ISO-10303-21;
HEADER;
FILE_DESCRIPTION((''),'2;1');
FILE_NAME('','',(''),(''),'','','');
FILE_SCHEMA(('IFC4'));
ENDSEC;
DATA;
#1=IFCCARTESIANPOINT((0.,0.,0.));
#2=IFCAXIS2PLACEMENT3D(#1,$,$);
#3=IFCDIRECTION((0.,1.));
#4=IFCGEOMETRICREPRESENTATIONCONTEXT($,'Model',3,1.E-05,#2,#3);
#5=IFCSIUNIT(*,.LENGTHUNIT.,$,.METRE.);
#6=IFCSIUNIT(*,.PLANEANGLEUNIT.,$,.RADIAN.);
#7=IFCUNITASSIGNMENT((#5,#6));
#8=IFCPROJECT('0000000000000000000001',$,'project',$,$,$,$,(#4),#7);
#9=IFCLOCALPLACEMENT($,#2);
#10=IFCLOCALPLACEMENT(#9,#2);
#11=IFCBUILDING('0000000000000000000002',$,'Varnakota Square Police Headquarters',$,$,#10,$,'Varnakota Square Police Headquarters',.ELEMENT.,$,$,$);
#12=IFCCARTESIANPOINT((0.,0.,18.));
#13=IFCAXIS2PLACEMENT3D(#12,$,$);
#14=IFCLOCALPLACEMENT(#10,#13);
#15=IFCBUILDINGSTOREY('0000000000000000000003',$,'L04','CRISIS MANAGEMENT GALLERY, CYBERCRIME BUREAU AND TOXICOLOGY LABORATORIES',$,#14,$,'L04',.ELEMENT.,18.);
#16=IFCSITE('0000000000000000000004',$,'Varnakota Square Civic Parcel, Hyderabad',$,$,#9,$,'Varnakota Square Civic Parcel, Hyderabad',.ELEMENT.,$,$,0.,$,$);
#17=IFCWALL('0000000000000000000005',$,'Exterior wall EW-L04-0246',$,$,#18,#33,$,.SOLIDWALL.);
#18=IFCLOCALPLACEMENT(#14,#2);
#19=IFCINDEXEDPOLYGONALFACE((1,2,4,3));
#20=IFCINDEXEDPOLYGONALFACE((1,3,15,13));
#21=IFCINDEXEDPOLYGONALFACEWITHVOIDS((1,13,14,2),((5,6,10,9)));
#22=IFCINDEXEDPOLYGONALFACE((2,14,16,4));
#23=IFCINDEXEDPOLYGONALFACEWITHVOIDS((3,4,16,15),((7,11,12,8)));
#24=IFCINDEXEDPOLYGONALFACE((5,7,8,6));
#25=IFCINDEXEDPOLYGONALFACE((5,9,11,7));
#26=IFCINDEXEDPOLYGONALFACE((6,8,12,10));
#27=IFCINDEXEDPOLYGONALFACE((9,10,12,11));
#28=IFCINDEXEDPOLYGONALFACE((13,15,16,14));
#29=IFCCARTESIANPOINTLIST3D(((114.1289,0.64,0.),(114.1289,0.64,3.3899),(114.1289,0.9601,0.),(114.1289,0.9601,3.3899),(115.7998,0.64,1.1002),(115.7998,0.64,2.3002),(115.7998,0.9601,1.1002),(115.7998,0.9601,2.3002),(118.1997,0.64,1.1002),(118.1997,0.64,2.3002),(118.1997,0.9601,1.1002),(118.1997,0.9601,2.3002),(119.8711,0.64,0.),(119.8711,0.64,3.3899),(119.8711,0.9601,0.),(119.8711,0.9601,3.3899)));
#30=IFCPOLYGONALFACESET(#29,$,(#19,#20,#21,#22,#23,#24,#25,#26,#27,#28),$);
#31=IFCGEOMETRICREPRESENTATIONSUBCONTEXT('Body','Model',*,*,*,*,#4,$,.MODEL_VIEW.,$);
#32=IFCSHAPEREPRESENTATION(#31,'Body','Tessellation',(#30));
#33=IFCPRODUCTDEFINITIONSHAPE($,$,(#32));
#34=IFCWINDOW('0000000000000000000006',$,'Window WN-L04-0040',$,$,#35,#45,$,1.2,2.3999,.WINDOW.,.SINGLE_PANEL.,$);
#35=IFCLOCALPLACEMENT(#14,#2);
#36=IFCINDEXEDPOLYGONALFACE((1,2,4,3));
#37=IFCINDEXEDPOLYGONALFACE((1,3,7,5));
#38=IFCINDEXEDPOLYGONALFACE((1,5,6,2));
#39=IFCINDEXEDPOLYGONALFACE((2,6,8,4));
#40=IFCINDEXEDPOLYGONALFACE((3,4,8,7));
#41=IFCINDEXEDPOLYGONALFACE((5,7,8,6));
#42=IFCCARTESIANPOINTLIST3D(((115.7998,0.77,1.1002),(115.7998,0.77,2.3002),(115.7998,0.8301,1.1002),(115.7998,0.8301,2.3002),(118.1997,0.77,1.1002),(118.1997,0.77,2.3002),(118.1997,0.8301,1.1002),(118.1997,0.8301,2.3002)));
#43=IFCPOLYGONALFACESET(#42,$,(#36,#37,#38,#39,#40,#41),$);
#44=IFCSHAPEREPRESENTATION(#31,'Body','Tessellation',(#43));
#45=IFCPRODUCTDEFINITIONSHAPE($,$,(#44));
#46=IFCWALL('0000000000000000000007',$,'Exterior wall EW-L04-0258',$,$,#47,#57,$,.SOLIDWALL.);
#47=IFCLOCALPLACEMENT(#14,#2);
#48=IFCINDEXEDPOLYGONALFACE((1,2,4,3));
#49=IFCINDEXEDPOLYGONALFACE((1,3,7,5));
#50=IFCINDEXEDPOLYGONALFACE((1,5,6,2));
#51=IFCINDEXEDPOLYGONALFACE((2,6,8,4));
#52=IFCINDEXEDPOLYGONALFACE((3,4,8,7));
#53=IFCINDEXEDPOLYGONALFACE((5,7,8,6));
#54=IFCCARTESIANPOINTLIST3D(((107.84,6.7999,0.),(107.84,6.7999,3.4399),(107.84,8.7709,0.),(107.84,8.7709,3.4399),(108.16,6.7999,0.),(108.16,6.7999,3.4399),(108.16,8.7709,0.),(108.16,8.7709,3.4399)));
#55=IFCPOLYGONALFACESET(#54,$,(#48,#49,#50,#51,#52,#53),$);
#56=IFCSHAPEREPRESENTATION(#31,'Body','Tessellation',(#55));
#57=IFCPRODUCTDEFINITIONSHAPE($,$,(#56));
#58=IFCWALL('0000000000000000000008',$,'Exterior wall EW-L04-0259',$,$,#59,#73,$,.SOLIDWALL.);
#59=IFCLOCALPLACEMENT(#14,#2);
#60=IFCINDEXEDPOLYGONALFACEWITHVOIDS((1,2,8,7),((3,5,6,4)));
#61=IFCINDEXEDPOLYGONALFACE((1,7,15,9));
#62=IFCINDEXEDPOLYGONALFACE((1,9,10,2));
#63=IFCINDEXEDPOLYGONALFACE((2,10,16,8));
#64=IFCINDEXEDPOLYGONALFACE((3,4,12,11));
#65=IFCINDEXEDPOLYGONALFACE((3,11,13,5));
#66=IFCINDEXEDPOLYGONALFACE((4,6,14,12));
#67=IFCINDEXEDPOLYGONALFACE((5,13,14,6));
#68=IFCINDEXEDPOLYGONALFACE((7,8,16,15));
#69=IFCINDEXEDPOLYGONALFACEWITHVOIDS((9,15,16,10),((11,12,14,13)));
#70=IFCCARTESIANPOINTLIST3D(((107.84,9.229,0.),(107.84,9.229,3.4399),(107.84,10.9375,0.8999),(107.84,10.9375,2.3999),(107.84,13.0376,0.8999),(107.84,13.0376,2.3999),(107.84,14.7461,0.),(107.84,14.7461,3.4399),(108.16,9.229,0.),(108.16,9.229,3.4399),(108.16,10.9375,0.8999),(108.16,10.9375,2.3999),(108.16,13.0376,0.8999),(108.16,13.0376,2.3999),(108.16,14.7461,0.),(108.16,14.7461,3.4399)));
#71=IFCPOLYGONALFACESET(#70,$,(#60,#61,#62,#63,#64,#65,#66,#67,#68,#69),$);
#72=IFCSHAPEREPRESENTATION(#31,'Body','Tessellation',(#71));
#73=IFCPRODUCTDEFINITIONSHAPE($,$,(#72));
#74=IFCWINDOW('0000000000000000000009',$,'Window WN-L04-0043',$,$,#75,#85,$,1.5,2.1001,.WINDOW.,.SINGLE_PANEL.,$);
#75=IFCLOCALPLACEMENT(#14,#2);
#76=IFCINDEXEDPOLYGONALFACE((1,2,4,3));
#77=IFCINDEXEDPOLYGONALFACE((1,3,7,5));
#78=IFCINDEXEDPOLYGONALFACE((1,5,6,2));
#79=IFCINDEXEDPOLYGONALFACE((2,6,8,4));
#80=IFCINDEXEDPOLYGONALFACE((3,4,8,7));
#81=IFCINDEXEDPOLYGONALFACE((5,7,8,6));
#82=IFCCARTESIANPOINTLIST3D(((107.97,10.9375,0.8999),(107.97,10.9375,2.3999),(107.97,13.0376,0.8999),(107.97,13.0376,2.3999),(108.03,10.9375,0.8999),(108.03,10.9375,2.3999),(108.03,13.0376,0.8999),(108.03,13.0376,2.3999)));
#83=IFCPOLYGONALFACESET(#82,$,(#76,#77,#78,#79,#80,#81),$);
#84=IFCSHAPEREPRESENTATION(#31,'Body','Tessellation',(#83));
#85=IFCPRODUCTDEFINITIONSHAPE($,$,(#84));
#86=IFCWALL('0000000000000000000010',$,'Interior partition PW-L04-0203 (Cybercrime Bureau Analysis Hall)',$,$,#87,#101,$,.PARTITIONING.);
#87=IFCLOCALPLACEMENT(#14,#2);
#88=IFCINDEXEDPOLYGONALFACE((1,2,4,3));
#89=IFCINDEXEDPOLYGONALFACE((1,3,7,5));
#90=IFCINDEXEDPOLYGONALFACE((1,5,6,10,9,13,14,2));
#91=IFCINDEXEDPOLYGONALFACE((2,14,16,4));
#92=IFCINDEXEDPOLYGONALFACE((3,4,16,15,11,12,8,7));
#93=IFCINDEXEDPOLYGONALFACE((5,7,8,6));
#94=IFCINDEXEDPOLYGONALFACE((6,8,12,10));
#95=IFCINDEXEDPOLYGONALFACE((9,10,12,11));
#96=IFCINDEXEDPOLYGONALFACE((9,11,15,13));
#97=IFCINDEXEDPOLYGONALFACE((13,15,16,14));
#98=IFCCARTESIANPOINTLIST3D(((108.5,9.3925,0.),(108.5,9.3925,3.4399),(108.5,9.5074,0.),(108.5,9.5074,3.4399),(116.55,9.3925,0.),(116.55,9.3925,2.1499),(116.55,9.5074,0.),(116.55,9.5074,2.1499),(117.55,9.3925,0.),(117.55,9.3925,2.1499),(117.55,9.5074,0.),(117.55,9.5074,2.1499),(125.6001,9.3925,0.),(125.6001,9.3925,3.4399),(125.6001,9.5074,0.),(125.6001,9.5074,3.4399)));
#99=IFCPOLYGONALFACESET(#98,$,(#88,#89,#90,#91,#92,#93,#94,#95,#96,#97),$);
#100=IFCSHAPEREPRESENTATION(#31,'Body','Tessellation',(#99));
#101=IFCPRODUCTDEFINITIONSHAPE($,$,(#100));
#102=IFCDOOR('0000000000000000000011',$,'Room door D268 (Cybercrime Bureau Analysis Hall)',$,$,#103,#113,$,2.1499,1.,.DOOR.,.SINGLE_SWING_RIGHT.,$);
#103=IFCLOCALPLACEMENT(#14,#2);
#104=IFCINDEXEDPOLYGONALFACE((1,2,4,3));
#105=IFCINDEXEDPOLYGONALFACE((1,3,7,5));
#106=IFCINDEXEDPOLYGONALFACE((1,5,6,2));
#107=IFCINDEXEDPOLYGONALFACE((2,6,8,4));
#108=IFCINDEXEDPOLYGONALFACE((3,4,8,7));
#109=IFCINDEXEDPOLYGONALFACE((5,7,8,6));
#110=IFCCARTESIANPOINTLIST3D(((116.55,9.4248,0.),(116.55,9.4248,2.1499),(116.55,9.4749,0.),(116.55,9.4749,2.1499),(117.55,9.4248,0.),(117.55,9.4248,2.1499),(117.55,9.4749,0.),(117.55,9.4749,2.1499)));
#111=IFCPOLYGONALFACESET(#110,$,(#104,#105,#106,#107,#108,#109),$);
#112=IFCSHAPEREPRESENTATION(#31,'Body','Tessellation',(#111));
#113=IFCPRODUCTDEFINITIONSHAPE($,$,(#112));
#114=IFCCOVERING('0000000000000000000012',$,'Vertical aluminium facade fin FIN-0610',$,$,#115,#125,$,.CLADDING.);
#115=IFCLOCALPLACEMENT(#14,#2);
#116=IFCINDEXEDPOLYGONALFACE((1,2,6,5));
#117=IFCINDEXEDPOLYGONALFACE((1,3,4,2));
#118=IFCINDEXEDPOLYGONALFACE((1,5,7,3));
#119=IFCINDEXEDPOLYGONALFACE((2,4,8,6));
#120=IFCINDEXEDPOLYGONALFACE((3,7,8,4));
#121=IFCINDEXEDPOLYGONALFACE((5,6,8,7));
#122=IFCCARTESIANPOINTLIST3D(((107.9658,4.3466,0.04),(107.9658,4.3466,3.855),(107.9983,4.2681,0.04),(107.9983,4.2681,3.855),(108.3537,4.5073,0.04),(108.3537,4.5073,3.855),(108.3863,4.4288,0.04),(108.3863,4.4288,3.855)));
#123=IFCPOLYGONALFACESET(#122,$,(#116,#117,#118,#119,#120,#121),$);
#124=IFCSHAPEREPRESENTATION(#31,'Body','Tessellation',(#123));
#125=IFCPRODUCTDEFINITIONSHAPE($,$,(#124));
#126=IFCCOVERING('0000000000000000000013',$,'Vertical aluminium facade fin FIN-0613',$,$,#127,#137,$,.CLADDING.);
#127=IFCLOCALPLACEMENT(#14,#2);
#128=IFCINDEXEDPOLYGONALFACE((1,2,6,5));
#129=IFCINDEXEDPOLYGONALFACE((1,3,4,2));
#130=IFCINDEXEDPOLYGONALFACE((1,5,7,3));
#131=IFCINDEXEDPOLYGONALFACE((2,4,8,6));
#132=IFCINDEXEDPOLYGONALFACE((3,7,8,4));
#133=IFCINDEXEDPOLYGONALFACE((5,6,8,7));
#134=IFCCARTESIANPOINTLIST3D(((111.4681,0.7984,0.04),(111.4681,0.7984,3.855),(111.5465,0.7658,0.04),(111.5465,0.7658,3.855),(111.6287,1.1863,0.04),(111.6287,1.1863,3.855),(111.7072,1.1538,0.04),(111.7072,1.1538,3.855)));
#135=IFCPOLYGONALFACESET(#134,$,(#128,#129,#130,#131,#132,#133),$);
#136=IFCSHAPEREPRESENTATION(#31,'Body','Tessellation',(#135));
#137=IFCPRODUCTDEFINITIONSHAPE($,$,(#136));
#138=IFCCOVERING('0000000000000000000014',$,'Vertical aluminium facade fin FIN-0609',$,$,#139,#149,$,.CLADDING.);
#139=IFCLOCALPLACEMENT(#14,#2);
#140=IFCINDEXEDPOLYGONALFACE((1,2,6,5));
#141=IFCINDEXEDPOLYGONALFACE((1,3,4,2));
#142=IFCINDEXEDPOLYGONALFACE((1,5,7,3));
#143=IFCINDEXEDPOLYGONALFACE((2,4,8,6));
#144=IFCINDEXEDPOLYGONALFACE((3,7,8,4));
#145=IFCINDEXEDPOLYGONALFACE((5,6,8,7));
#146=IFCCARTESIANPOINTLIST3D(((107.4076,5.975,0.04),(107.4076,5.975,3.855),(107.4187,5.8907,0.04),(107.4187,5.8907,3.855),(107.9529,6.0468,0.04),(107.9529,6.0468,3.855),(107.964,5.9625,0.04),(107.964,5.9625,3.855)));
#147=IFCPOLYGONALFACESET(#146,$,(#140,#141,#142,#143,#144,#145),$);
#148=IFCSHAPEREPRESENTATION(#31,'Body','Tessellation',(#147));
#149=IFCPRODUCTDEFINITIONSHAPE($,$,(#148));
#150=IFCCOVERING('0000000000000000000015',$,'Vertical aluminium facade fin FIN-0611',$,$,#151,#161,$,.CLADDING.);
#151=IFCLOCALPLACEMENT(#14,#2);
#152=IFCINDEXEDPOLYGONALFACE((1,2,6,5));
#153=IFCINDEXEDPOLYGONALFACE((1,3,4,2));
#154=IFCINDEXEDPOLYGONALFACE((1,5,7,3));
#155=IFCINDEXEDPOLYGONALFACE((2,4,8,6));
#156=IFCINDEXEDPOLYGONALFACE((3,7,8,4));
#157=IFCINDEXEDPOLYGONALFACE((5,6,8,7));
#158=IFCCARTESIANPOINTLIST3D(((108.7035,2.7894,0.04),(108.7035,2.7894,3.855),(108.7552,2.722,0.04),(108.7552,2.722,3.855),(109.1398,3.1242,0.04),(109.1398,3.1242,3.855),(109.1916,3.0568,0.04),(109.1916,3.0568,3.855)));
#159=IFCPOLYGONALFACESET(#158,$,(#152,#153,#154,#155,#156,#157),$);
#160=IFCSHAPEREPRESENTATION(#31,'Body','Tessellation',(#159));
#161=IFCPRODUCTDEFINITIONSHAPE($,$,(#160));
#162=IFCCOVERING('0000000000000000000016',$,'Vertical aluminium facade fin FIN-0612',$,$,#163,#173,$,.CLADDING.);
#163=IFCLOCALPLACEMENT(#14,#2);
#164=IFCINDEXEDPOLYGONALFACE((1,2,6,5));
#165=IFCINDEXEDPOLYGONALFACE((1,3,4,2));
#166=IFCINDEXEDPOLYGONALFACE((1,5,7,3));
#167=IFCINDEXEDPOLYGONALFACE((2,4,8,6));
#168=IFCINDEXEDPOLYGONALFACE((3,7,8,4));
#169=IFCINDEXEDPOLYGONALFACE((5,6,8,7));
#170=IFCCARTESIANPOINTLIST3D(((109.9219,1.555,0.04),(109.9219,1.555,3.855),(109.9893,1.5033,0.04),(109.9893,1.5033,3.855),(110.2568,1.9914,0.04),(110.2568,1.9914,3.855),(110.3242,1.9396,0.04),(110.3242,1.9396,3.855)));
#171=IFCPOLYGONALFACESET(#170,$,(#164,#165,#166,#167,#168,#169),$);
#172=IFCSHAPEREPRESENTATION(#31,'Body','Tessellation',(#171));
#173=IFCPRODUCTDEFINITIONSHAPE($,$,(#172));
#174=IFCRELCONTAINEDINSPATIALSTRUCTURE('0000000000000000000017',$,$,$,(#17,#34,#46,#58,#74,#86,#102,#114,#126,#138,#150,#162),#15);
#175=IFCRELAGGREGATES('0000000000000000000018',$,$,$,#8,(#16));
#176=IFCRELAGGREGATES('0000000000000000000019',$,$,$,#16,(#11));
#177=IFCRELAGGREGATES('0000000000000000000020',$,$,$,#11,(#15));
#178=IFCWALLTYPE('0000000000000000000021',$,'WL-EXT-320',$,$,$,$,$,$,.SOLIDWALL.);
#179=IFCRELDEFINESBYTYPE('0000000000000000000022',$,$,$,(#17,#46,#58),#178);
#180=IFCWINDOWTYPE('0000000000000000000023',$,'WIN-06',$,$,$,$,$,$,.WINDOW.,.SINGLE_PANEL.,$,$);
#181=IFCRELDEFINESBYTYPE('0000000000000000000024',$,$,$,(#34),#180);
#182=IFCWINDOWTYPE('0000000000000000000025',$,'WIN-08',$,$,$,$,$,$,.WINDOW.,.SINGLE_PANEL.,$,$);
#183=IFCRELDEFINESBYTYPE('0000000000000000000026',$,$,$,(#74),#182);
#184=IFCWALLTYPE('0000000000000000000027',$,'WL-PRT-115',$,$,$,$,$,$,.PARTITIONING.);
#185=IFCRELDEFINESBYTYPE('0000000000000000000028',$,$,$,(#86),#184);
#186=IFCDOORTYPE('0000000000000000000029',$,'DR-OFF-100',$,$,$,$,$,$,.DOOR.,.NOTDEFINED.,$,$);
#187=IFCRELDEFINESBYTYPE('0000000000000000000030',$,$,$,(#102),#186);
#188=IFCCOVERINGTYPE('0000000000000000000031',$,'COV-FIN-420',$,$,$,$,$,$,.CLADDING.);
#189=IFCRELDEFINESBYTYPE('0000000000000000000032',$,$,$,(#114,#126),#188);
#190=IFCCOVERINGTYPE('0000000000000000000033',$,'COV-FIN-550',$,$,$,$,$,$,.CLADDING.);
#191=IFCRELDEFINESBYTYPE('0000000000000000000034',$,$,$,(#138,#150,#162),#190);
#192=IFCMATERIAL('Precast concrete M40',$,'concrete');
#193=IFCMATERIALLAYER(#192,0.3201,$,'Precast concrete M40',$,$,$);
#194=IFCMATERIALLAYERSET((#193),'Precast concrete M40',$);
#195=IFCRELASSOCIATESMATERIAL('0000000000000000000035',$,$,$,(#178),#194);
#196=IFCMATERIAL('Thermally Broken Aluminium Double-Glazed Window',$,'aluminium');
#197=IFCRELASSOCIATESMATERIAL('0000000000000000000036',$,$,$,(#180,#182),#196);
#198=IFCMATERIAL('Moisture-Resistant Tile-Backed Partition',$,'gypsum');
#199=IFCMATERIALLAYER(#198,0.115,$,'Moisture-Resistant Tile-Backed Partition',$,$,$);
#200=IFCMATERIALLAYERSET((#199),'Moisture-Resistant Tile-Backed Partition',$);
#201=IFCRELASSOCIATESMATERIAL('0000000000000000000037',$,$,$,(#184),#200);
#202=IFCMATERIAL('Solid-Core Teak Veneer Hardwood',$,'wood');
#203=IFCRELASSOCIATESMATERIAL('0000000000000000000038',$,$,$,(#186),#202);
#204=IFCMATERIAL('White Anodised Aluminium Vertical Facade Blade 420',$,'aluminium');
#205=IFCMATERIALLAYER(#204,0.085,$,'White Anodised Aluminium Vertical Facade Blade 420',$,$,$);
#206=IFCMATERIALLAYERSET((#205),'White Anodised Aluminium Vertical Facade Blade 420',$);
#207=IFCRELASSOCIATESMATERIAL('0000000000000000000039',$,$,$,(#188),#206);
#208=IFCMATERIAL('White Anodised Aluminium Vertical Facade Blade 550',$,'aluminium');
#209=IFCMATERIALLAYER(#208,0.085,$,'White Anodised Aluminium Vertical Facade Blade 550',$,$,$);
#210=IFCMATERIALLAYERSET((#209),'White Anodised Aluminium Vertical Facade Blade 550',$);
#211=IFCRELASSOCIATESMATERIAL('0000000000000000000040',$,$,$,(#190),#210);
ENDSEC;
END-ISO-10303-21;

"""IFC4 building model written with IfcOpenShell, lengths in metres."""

from ifc_helpers import new_model, si_unit, direction, frame, frame_2d, origin, origin_2d, place, context, subcontext, project, spatial, rectangle, extrude, material, layer, layer_set, type_object, element, fill, save


model = new_model("IFC4")

# Units and contexts
model_context = context("Model", 3, precision=1e-05, world=origin(), true_north=direction((0.0, 1.0)))
body_context = subcontext(model_context, "Body", "Model", "MODEL_VIEW")
ifc_project = project(units=[si_unit("LENGTHUNIT", "METRE"), si_unit("PLANEANGLEUNIT", "RADIAN")], contexts=[model_context])

# Site, building, storey
site_placement = place(None, origin())
site = spatial("IfcSite", under=ifc_project, at=site_placement, Name="Varnakota Square Civic Parcel, Hyderabad", LongName="Varnakota Square Civic Parcel, Hyderabad", CompositionType="ELEMENT", RefElevation=0.0)
building_placement = place(site_placement, origin())
building = spatial("IfcBuilding", under=site, at=building_placement, Name="Varnakota Square Police Headquarters", LongName="Varnakota Square Police Headquarters", CompositionType="ELEMENT")
storey_placement = place(building_placement, frame((0.0, 0.0, 18.0)))
storey = spatial("IfcBuildingStorey", under=building, at=storey_placement, Name="L04", Description="CRISIS MANAGEMENT GALLERY, CYBERCRIME BUREAU AND TOXICOLOGY LABORATORIES", LongName="L04", CompositionType="ELEMENT", Elevation=18.0)

# Shared definitions
ifc_material_1 = material(Name="Precast concrete M40", Category="concrete")

# Wall, opening, window
ifc_layer_1 = layer(ifc_material_1, 0.3201, Name="Precast concrete M40")
ifc_layer_set_1 = layer_set([ifc_layer_1], Name="Precast concrete M40")
wall_type_1 = type_object("IfcWallType", Name="WL-EXT-320", PredefinedType="SOLIDWALL", material=ifc_layer_set_1)
wall_1_placement = place(storey_placement, frame((114.1289, 0.8, 0.0), z_axis=(0.0, 0.0, 1.0), x_axis=(1.0, 0.0, 0.0)))
wall_1 = element("IfcWall", 1, at=wall_1_placement, inside=storey, type_object=wall_type_1, Name="Exterior wall EW-L04-0246", PredefinedType="SOLIDWALL", context=body_context, shape_type="SweptSolid", body=[
    extrude(rectangle(XDim=5.7422, YDim=0.3201, at=frame_2d((2.8711, 0.0))), origin(), (0.0, 0.0, 1.0), 3.3899),
])
opening_1_placement = place(wall_1_placement, frame((1.6709, 0.0, 1.1001)))
opening_1 = element("IfcOpeningElement", 2, at=opening_1_placement, cuts=wall_1, PredefinedType="OPENING", context=body_context, shape_type="SweptSolid", body=[
    extrude(rectangle(XDim=2.3999, YDim=1.2, at=frame_2d((1.2, 0.6001))), frame((0.0, 0.1699, 0.0), z_axis=(0.0, -1.0, 0.0), x_axis=(1.0, 0.0, 0.0)), (0.0, 0.0, 1.0), 0.3401),
])
ifc_material_2 = material(Name="Thermally Broken Aluminium Double-Glazed Window", Category="aluminium")
window_type_1 = type_object("IfcWindowType", Name="WIN-06", PartitioningType="SINGLE_PANEL", PredefinedType="WINDOW", material=ifc_material_2)
window_1_placement = place(opening_1_placement, origin())
window_1 = element("IfcWindow", 3, at=window_1_placement, inside=storey, type_object=window_type_1, Name="Window WN-L04-0040", OverallHeight=1.2, OverallWidth=2.3999, PartitioningType="SINGLE_PANEL", PredefinedType="WINDOW", context=body_context, shape_type="SweptSolid", body=[
    extrude(rectangle(XDim=2.3999, YDim=1.2, at=frame_2d((1.2, 0.6001))), frame((0.0, 0.03, 0.0), z_axis=(0.0, -1.0, 0.0), x_axis=(1.0, 0.0, 0.0)), (0.0, 0.0, 1.0), 0.0601),
])
fill(opening_1, window_1)

# Wall
wall_2_placement = place(storey_placement, frame((108.0, 6.8, 0.0), z_axis=(0.0, 0.0, 1.0), x_axis=(0.0, 1.0, 0.0)))
element("IfcWall", 4, at=wall_2_placement, inside=storey, type_object=wall_type_1, Name="Exterior wall EW-L04-0258", PredefinedType="SOLIDWALL", context=body_context, shape_type="SweptSolid", body=[
    extrude(rectangle(XDim=1.9709, YDim=0.3201, at=frame_2d((0.9854, 0.0))), origin(), (0.0, 0.0, 1.0), 3.4399),
])

# Wall, opening, window
wall_3_placement = place(storey_placement, frame((108.0, 9.229, 0.0), z_axis=(0.0, 0.0, 1.0), x_axis=(0.0, 1.0, 0.0)))
wall_3 = element("IfcWall", 5, at=wall_3_placement, inside=storey, type_object=wall_type_1, Name="Exterior wall EW-L04-0259", PredefinedType="SOLIDWALL", context=body_context, shape_type="SweptSolid", body=[
    extrude(rectangle(XDim=5.5171, YDim=0.3201, at=frame_2d((2.7585, 0.0))), origin(), (0.0, 0.0, 1.0), 3.4399),
])
opening_2_placement = place(wall_3_placement, frame((1.7085, 0.0, 0.8999)))
opening_2 = element("IfcOpeningElement", 6, at=opening_2_placement, cuts=wall_3, PredefinedType="OPENING", context=body_context, shape_type="SweptSolid", body=[
    extrude(rectangle(XDim=2.1001, YDim=1.5, at=frame_2d((1.05, 0.75))), frame((0.0, 0.1699, 0.0), z_axis=(0.0, -1.0, 0.0), x_axis=(1.0, 0.0, 0.0)), (0.0, 0.0, 1.0), 0.3401),
])
window_type_2 = type_object("IfcWindowType", Name="WIN-08", PartitioningType="SINGLE_PANEL", PredefinedType="WINDOW", material=ifc_material_2)
window_2_placement = place(opening_2_placement, origin())
window_2 = element("IfcWindow", 7, at=window_2_placement, inside=storey, type_object=window_type_2, Name="Window WN-L04-0043", OverallHeight=1.5, OverallWidth=2.1001, PartitioningType="SINGLE_PANEL", PredefinedType="WINDOW", context=body_context, shape_type="SweptSolid", body=[
    extrude(rectangle(XDim=2.1001, YDim=1.5, at=frame_2d((1.05, 0.75))), frame((0.0, 0.03, 0.0), z_axis=(0.0, -1.0, 0.0), x_axis=(1.0, 0.0, 0.0)), (0.0, 0.0, 1.0), 0.0601),
])
fill(opening_2, window_2)

# Wall, opening, door
ifc_material_3 = material(Name="Moisture-Resistant Tile-Backed Partition", Category="gypsum")
ifc_layer_2 = layer(ifc_material_3, 0.115, Name="Moisture-Resistant Tile-Backed Partition")
ifc_layer_set_2 = layer_set([ifc_layer_2], Name="Moisture-Resistant Tile-Backed Partition")
wall_type_2 = type_object("IfcWallType", Name="WL-PRT-115", PredefinedType="PARTITIONING", material=ifc_layer_set_2)
wall_4_placement = place(storey_placement, frame((108.5, 9.45, 0.0), z_axis=(0.0, 0.0, 1.0), x_axis=(1.0, 0.0, 0.0)))
wall_4 = element("IfcWall", 8, at=wall_4_placement, inside=storey, type_object=wall_type_2, Name="Interior partition PW-L04-0203 (Cybercrime Bureau Analysis Hall)", PredefinedType="PARTITIONING", context=body_context, shape_type="SweptSolid", body=[
    extrude(rectangle(XDim=17.1001, YDim=0.115, at=frame_2d((8.55, 0.0))), origin(), (0.0, 0.0, 1.0), 3.4399),
])
opening_3_placement = place(wall_4_placement, frame((8.05, 0.0, 0.0)))
opening_3 = element("IfcOpeningElement", 9, at=opening_3_placement, cuts=wall_4, PredefinedType="OPENING", context=body_context, shape_type="SweptSolid", body=[
    extrude(rectangle(XDim=1.0, YDim=2.1499, at=frame_2d((0.5, 1.075))), frame((0.0, 0.0674, 0.0), z_axis=(0.0, -1.0, 0.0), x_axis=(1.0, 0.0, 0.0)), (0.0, 0.0, 1.0), 0.135),
])
ifc_material_4 = material(Name="Solid-Core Teak Veneer Hardwood", Category="wood")
door_type = type_object("IfcDoorType", Name="DR-OFF-100", OperationType="NOTDEFINED", PredefinedType="DOOR", material=ifc_material_4)
door_placement = place(opening_3_placement, origin())
door = element("IfcDoor", 10, at=door_placement, inside=storey, type_object=door_type, Name="Room door D268 (Cybercrime Bureau Analysis Hall)", OperationType="SINGLE_SWING_RIGHT", OverallHeight=2.1499, OverallWidth=1.0, PredefinedType="DOOR", context=body_context, shape_type="SweptSolid", body=[
    extrude(rectangle(XDim=1.0, YDim=2.1499, at=frame_2d((0.5, 1.075))), frame((0.0, 0.0249, 0.0), z_axis=(0.0, -1.0, 0.0), x_axis=(1.0, 0.0, 0.0)), (0.0, 0.0, 1.0), 0.05),
])
fill(opening_3, door)

# Coverings
ifc_material_5 = material(Name="White Anodised Aluminium Vertical Facade Blade 420", Category="aluminium")
ifc_layer_3 = layer(ifc_material_5, 0.085, Name="White Anodised Aluminium Vertical Facade Blade 420")
ifc_layer_set_3 = layer_set([ifc_layer_3], Name="White Anodised Aluminium Vertical Facade Blade 420")
covering_type_1 = type_object("IfcCoveringType", Name="COV-FIN-420", PredefinedType="CLADDING", material=ifc_layer_set_3)
for number, where, z_axis, x_axis, name in (
    (11, (108.176, 4.3877, 0.04), (0.0, 0.0, 1.0), (0.382683, -0.92388, 0.0), "Vertical aluminium facade fin FIN-0610"),
    (12, (111.5876, 0.9761, 0.04), (0.0, 0.0, 1.0), (0.92388, -0.382683, 0.0), "Vertical aluminium facade fin FIN-0613"),
):
    element("IfcCovering", number, at=place(storey_placement, frame(where, z_axis=z_axis, x_axis=x_axis)), inside=storey, type_object=covering_type_1, Name=name, PredefinedType="CLADDING", context=body_context, shape_type="SweptSolid", body=[
        extrude(rectangle(XDim=0.085, YDim=0.4199, at=origin_2d()), origin(), (0.0, 0.0, 1.0), 3.8149),
    ])
ifc_material_6 = material(Name="White Anodised Aluminium Vertical Facade Blade 550", Category="aluminium")
ifc_layer_4 = layer(ifc_material_6, 0.085, Name="White Anodised Aluminium Vertical Facade Blade 550")
ifc_layer_set_4 = layer_set([ifc_layer_4], Name="White Anodised Aluminium Vertical Facade Blade 550")
covering_type_2 = type_object("IfcCoveringType", Name="COV-FIN-550", PredefinedType="CLADDING", material=ifc_layer_set_4)
for number, where, z_axis, x_axis, name in (
    (13, (107.6858, 5.9688, 0.04), (0.0, 0.0, 1.0), (0.130526, -0.991445, 0.0), "Vertical aluminium facade fin FIN-0609"),
    (14, (108.9475, 2.9231, 0.04), (0.0, 0.0, 1.0), (0.608761, -0.793353, 0.0), "Vertical aluminium facade fin FIN-0611"),
    (15, (110.123, 1.7473, 0.04), (0.0, 0.0, 1.0), (0.793353, -0.608761, 0.0), "Vertical aluminium facade fin FIN-0612"),
):
    element("IfcCovering", number, at=place(storey_placement, frame(where, z_axis=z_axis, x_axis=x_axis)), inside=storey, type_object=covering_type_2, Name=name, PredefinedType="CLADDING", context=body_context, shape_type="SweptSolid", body=[
        extrude(rectangle(XDim=0.085, YDim=0.55, at=origin_2d()), origin(), (0.0, 0.0, 1.0), 3.8149),
    ])

save(model, "model.ifc")
